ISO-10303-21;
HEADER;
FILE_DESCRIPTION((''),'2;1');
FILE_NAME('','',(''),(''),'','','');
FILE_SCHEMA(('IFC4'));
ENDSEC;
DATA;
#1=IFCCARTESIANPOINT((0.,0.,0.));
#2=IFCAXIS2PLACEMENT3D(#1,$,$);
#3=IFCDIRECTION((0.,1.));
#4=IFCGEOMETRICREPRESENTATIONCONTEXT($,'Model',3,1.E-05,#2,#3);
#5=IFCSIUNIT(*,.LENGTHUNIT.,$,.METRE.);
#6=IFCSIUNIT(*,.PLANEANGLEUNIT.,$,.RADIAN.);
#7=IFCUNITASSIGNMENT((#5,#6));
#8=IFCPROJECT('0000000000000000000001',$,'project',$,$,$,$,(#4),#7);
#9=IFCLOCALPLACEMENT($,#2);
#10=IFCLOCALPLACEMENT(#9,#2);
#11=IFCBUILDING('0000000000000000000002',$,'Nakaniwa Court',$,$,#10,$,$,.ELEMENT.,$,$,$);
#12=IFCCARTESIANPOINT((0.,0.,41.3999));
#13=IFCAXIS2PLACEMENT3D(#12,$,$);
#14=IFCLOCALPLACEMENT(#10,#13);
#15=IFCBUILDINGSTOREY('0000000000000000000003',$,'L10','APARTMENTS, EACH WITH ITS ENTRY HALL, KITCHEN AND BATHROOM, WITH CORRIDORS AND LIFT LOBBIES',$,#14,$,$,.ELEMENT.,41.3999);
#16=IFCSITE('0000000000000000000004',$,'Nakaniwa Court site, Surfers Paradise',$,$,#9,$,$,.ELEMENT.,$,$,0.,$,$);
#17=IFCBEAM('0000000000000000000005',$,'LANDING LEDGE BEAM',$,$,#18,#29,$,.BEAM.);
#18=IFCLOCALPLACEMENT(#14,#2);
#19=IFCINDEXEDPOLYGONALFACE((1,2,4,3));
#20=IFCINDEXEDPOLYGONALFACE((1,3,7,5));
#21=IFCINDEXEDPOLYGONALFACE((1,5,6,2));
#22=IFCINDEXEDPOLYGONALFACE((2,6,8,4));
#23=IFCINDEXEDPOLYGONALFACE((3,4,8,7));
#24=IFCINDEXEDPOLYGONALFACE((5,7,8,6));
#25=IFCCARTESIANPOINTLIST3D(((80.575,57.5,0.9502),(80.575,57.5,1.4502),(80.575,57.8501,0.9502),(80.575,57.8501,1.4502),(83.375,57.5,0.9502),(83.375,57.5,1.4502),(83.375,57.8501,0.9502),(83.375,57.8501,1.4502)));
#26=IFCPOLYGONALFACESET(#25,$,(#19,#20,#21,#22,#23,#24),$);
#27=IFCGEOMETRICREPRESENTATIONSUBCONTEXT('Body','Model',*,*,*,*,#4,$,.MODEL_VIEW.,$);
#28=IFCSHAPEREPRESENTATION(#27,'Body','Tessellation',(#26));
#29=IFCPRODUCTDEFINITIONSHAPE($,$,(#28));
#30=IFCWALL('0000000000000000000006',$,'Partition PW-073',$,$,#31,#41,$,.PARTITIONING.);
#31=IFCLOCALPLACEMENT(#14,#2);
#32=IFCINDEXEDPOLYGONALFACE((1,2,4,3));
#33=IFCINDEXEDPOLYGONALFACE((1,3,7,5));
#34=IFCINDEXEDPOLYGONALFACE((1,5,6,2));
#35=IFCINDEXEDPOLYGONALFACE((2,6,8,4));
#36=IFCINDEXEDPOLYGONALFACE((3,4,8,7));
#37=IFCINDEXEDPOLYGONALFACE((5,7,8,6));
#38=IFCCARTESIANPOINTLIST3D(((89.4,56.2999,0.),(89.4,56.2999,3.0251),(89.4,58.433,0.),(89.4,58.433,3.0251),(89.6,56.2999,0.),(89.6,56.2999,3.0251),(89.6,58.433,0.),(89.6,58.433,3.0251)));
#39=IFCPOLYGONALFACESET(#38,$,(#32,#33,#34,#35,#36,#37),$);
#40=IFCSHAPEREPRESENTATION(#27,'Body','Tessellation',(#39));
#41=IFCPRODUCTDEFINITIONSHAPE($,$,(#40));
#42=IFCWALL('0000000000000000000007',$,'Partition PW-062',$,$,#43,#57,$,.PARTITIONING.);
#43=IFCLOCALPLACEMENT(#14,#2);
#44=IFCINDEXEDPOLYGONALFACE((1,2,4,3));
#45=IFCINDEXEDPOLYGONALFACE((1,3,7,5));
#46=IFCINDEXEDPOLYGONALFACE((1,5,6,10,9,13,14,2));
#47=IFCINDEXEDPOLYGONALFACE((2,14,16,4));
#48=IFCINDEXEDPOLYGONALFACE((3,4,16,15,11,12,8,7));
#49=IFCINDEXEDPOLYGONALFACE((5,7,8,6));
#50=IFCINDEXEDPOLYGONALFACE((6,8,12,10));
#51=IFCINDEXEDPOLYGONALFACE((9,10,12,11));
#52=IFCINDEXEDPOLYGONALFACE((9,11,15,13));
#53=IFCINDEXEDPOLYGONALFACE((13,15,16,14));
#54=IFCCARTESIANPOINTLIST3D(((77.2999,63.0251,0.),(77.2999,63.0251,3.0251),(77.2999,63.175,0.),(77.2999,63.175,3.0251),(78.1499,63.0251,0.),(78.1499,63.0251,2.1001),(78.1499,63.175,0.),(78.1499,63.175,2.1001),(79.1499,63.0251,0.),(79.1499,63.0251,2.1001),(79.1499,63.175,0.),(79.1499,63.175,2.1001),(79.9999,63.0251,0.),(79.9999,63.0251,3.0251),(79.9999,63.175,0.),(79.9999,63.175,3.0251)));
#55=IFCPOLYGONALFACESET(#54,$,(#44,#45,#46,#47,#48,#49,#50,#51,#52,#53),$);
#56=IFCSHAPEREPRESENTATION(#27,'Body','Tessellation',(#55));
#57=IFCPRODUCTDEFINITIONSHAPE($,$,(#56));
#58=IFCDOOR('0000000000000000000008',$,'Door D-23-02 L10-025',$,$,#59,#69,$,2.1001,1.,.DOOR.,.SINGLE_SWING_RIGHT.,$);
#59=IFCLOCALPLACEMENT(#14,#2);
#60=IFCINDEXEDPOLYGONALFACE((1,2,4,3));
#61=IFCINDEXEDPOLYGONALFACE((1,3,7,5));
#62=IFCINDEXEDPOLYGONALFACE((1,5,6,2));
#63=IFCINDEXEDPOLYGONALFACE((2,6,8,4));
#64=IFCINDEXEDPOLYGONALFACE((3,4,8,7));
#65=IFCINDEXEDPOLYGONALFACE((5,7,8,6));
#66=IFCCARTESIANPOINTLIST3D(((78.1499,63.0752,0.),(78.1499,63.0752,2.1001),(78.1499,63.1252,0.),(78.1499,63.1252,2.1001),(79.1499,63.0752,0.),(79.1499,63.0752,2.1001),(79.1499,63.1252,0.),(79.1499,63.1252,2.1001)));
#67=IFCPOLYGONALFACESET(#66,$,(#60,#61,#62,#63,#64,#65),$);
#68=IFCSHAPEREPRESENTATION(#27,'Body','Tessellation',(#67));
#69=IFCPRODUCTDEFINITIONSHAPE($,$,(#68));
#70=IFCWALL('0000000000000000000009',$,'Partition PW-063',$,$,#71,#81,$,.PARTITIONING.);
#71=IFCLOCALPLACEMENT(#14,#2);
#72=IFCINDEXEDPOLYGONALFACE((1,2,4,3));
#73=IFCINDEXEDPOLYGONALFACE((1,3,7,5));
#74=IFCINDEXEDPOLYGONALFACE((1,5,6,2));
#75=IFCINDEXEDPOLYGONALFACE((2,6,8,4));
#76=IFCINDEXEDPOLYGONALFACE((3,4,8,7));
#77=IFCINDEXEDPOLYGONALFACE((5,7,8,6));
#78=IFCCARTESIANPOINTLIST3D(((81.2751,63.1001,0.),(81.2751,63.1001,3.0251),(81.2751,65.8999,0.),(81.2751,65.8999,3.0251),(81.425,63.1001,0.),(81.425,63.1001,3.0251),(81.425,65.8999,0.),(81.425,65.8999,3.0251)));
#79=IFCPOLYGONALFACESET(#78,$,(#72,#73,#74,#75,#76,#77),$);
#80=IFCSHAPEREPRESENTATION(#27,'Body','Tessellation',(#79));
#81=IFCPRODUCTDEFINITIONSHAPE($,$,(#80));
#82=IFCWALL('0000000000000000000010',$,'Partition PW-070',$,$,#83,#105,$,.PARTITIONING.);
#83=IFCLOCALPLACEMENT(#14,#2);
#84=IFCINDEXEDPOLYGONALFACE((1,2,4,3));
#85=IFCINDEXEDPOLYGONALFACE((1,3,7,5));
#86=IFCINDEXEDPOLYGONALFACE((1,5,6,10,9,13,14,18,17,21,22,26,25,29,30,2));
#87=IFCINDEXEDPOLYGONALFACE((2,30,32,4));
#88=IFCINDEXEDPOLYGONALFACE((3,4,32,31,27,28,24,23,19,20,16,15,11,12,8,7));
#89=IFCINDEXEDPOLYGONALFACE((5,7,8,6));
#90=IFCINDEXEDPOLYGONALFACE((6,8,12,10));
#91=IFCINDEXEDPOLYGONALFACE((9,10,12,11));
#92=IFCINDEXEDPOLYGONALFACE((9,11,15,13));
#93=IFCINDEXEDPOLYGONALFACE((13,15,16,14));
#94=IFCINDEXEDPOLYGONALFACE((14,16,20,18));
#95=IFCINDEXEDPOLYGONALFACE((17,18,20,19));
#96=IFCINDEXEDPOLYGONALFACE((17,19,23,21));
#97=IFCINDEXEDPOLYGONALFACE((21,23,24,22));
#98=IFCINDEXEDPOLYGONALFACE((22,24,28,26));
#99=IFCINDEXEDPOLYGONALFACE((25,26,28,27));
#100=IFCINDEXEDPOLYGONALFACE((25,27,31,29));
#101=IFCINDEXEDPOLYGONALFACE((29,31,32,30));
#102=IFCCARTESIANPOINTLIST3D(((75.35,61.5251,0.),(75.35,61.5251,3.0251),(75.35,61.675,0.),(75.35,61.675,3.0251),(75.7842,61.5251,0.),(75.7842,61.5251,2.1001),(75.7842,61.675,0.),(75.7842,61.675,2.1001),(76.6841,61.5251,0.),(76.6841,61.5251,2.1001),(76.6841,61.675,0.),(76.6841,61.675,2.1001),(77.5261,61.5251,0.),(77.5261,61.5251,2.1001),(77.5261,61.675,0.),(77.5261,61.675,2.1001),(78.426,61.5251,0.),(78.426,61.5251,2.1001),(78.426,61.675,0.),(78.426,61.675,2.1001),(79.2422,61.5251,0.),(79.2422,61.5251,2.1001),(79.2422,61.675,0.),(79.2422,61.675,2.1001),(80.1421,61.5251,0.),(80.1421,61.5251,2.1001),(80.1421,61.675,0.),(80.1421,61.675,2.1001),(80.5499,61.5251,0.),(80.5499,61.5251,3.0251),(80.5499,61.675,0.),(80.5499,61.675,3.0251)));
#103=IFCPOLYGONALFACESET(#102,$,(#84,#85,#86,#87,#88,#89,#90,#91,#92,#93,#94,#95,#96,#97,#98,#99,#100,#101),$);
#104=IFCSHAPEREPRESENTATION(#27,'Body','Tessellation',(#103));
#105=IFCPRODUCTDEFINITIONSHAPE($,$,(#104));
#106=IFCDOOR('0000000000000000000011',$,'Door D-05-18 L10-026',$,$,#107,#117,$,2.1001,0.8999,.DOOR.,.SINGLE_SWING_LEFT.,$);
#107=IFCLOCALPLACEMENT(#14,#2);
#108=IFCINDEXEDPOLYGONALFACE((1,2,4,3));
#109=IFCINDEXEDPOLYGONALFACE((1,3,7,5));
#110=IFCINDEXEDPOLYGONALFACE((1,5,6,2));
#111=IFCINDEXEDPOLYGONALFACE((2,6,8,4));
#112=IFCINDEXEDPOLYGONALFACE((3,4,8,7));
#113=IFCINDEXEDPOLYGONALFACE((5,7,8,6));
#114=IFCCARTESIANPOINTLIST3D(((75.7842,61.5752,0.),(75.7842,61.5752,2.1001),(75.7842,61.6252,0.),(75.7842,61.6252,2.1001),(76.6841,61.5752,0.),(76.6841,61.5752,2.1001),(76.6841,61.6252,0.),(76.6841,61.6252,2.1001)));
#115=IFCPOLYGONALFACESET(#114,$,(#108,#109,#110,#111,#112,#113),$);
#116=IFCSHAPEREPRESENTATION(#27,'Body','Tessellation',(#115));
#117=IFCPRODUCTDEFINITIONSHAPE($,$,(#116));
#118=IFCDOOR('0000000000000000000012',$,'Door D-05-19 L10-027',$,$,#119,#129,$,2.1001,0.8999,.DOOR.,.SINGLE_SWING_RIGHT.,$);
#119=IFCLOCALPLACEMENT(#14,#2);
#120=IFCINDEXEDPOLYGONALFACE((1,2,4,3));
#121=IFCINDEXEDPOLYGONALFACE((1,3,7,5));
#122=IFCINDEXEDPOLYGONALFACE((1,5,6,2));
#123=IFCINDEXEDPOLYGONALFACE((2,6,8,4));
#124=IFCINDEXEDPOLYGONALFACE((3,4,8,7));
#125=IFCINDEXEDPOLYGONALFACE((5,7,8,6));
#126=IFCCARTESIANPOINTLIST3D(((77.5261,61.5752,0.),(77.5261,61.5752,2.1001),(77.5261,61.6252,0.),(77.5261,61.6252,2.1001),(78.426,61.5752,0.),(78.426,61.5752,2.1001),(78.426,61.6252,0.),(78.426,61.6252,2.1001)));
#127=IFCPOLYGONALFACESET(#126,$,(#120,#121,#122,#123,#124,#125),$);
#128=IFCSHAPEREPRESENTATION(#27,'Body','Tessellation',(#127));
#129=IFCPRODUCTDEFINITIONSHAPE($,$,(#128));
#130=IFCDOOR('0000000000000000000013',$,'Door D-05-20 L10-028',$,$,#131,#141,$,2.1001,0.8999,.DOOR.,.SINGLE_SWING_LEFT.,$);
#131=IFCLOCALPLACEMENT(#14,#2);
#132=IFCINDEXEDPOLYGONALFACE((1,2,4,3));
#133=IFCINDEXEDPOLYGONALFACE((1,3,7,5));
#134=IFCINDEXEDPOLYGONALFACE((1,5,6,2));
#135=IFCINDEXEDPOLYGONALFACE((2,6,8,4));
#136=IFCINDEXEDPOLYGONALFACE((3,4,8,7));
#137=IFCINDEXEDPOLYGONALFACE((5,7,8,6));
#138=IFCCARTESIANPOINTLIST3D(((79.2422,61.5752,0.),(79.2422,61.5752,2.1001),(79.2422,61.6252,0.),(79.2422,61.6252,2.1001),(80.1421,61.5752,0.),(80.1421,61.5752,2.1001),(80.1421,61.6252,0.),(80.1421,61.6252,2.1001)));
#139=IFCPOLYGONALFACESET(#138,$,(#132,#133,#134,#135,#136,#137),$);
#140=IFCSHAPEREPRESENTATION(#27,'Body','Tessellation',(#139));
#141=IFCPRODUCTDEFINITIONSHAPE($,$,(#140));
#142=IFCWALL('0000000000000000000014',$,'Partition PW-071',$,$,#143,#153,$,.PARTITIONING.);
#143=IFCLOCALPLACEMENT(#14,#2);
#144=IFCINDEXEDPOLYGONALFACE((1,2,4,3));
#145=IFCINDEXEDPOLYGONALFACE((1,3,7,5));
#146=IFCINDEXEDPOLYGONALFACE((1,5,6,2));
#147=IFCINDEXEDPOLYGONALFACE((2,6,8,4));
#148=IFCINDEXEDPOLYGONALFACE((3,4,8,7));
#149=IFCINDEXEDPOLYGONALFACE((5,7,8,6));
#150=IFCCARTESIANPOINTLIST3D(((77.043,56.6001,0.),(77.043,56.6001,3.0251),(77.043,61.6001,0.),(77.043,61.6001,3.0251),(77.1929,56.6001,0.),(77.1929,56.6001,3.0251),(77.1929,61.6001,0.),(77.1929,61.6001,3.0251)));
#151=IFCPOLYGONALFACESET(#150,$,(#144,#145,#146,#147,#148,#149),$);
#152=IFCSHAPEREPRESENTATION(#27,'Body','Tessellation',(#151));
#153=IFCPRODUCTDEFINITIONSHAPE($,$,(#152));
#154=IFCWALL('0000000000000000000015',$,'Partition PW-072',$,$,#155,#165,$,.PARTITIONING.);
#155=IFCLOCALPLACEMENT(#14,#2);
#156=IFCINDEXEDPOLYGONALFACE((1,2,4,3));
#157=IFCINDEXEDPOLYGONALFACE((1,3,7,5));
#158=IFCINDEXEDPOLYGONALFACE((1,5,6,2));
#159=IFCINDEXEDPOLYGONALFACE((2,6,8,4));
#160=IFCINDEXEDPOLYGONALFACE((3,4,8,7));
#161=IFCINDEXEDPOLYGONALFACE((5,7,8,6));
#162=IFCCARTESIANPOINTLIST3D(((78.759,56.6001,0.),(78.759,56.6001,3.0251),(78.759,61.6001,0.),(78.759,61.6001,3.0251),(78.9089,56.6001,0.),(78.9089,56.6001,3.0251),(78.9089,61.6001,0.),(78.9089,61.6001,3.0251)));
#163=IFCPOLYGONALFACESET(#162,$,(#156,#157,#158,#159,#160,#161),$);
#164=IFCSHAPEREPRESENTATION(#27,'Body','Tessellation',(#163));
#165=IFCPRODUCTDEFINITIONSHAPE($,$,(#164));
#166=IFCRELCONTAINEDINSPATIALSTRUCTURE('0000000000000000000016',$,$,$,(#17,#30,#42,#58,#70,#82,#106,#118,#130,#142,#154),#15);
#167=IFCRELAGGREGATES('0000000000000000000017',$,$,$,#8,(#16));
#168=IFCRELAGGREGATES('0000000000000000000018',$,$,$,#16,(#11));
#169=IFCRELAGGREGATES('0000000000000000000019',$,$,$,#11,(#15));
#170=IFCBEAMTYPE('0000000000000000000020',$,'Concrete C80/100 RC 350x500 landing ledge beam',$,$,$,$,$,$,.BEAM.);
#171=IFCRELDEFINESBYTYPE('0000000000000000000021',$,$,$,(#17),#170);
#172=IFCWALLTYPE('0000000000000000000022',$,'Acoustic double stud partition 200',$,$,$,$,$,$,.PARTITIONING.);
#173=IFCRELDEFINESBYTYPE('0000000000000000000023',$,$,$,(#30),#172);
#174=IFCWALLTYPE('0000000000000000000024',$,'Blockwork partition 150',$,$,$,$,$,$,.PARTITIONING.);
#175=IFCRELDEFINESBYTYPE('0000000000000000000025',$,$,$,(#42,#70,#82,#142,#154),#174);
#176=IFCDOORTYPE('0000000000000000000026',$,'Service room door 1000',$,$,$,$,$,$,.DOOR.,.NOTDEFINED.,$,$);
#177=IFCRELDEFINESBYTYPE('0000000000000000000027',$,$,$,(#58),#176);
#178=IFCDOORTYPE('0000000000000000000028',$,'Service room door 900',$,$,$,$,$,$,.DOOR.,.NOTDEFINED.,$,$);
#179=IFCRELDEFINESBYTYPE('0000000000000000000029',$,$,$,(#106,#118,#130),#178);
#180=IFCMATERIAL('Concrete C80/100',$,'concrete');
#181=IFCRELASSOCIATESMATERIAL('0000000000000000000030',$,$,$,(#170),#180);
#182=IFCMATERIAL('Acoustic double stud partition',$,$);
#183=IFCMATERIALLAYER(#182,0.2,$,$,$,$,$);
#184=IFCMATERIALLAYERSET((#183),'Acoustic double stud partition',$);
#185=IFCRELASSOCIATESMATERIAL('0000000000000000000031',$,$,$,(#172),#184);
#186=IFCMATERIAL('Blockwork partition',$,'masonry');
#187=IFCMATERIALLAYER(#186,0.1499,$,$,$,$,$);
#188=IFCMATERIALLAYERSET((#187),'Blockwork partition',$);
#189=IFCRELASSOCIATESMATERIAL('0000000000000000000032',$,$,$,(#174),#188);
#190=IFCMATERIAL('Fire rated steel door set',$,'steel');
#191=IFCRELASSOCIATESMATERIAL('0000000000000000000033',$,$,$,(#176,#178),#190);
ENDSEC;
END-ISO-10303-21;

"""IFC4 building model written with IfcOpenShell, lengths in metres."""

from ifc_helpers import new_model, si_unit, direction, frame, frame_2d, origin, origin_2d, place, context, subcontext, project, spatial, rectangle, extrude, material, layer, layer_set, material_profile, profile_set, type_object, element, fill, save


model = new_model("IFC4")

# Units and contexts
model_context = context("Model", 3, precision=1e-05, world=origin(), true_north=direction((0.0, 1.0)))
body_context = subcontext(model_context, "Body", "Model", "MODEL_VIEW")
ifc_project = project(units=[si_unit("LENGTHUNIT", "METRE"), si_unit("PLANEANGLEUNIT", "RADIAN")], contexts=[model_context])

# Site, building, storey
site_placement = place(None, origin())
site = spatial("IfcSite", under=ifc_project, at=site_placement, Name="Nakaniwa Court site, Surfers Paradise", CompositionType="ELEMENT", RefElevation=0.0)
building_placement = place(site_placement, origin())
building = spatial("IfcBuilding", under=site, at=building_placement, Name="Nakaniwa Court", CompositionType="ELEMENT")
storey_placement = place(building_placement, frame((0.0, 0.0, 41.3999)))
storey = spatial("IfcBuildingStorey", under=building, at=storey_placement, Name="L10", Description="APARTMENTS, EACH WITH ITS ENTRY HALL, KITCHEN AND BATHROOM, WITH CORRIDORS AND LIFT LOBBIES", CompositionType="ELEMENT", Elevation=41.3999)

# Beam
ifc_material_1 = material(Name="Concrete C80/100", Category="concrete")
ifc_material_profile = material_profile(ifc_material_1, rectangle(XDim=0.3501, YDim=0.5, at=origin_2d()), Name="Concrete C80/100 RC 350x500 landing ledge beam")
ifc_profile_set = profile_set([ifc_material_profile], Name="Concrete C80/100")
beam_type = type_object("IfcBeamType", Name="Concrete C80/100 RC 350x500 landing ledge beam", PredefinedType="BEAM", material=ifc_profile_set)
beam_placement = place(storey_placement, frame((80.575, 57.675, 1.2002), z_axis=(1.0, 0.0, 0.0), x_axis=(0.0, 1.0, 0.0)))
element("IfcBeam", 1, at=beam_placement, inside=storey, type_object=beam_type, Name="LANDING LEDGE BEAM", PredefinedType="BEAM", context=body_context, shape_type="SweptSolid", body=[
    extrude(rectangle(XDim=0.3501, YDim=0.5, at=origin_2d()), origin(), (0.0, 0.0, 1.0), 2.8),
])

# Wall
ifc_material_2 = material(Name="Acoustic double stud partition")
ifc_layer_1 = layer(ifc_material_2, 0.2)
ifc_layer_set_1 = layer_set([ifc_layer_1], Name="Acoustic double stud partition")
wall_type_1 = type_object("IfcWallType", Name="Acoustic double stud partition 200", PredefinedType="PARTITIONING", material=ifc_layer_set_1)
wall_1_placement = place(storey_placement, frame((89.5, 56.3, 0.0), z_axis=(0.0, 0.0, 1.0), x_axis=(0.0, 1.0, 0.0)))
element("IfcWall", 2, at=wall_1_placement, inside=storey, type_object=wall_type_1, Name="Partition PW-073", PredefinedType="PARTITIONING", context=body_context, shape_type="SweptSolid", body=[
    extrude(rectangle(XDim=2.1331, YDim=0.2, at=frame_2d((1.0664, 0.0))), origin(), (0.0, 0.0, 1.0), 3.0251),
])

# Wall, opening, door
ifc_material_3 = material(Name="Blockwork partition", Category="masonry")
ifc_layer_2 = layer(ifc_material_3, 0.1499)
ifc_layer_set_2 = layer_set([ifc_layer_2], Name="Blockwork partition")
wall_type_2 = type_object("IfcWallType", Name="Blockwork partition 150", PredefinedType="PARTITIONING", material=ifc_layer_set_2)
wall_2_placement = place(storey_placement, frame((80.0, 63.1001, 0.0), z_axis=(0.0, 0.0, 1.0), x_axis=(-1.0, 0.0, 0.0)))
wall_2 = element("IfcWall", 3, at=wall_2_placement, inside=storey, type_object=wall_type_2, Name="Partition PW-062", PredefinedType="PARTITIONING", context=body_context, shape_type="SweptSolid", body=[
    extrude(rectangle(XDim=2.7, YDim=0.1499, at=frame_2d((1.3501, 0.0))), origin(), (0.0, 0.0, 1.0), 3.0251),
])
opening_1_placement = place(wall_2_placement, frame((0.8501, 0.0, 0.0)))
opening_1 = element("IfcOpeningElement", 4, at=opening_1_placement, cuts=wall_2, PredefinedType="OPENING", context=body_context, shape_type="SweptSolid", body=[
    extrude(rectangle(XDim=1.0, YDim=2.1001, at=frame_2d((0.5, 1.05))), frame((0.0, 0.085, 0.0), z_axis=(0.0, -1.0, 0.0), x_axis=(1.0, 0.0, 0.0)), (0.0, 0.0, 1.0), 0.1699),
])
ifc_material_4 = material(Name="Fire rated steel door set", Category="steel")
door_type_1 = type_object("IfcDoorType", Name="Service room door 1000", OperationType="NOTDEFINED", PredefinedType="DOOR", material=ifc_material_4)
door_1_placement = place(opening_1_placement, origin())
door_1 = element("IfcDoor", 5, at=door_1_placement, inside=storey, type_object=door_type_1, Name="Door D-23-02 L10-025", OperationType="SINGLE_SWING_RIGHT", OverallHeight=2.1001, OverallWidth=1.0, PredefinedType="DOOR", context=body_context, shape_type="SweptSolid", body=[
    extrude(rectangle(XDim=1.0, YDim=2.1001, at=frame_2d((0.5, 1.05))), frame((0.0, 0.0249, 0.0), z_axis=(0.0, -1.0, 0.0), x_axis=(1.0, 0.0, 0.0)), (0.0, 0.0, 1.0), 0.05),
])
fill(opening_1, door_1)

# Wall
wall_3_placement = place(storey_placement, frame((81.3501, 63.1001, 0.0), z_axis=(0.0, 0.0, 1.0), x_axis=(0.0, 1.0, 0.0)))
element("IfcWall", 6, at=wall_3_placement, inside=storey, type_object=wall_type_2, Name="Partition PW-063", PredefinedType="PARTITIONING", context=body_context, shape_type="SweptSolid", body=[
    extrude(rectangle(XDim=2.7998, YDim=0.1499, at=frame_2d((1.3999, 0.0))), origin(), (0.0, 0.0, 1.0), 3.0251),
])

# Wall, openings, doors
wall_4_placement = place(storey_placement, frame((80.55, 61.6001, 0.0), z_axis=(0.0, 0.0, 1.0), x_axis=(-1.0, 0.0, 0.0)))
wall_4 = element("IfcWall", 7, at=wall_4_placement, inside=storey, type_object=wall_type_2, Name="Partition PW-070", PredefinedType="PARTITIONING", context=body_context, shape_type="SweptSolid", body=[
    extrude(rectangle(XDim=5.2, YDim=0.1499, at=frame_2d((2.6001, 0.0))), origin(), (0.0, 0.0, 1.0), 3.0251),
])
opening_2_placement = place(wall_4_placement, frame((3.866, 0.0, 0.0)))
opening_2 = element("IfcOpeningElement", 8, at=opening_2_placement, cuts=wall_4, PredefinedType="OPENING", context=body_context, shape_type="SweptSolid", body=[
    extrude(rectangle(XDim=0.8999, YDim=2.1001, at=frame_2d((0.45, 1.05))), frame((0.0, 0.085, 0.0), z_axis=(0.0, -1.0, 0.0), x_axis=(1.0, 0.0, 0.0)), (0.0, 0.0, 1.0), 0.1699),
])
opening_3_placement = place(wall_4_placement, frame((2.124, 0.0, 0.0)))
opening_3 = element("IfcOpeningElement", 9, at=opening_3_placement, cuts=wall_4, PredefinedType="OPENING", context=body_context, shape_type="SweptSolid", body=[
    extrude(rectangle(XDim=0.8999, YDim=2.1001, at=frame_2d((0.45, 1.05))), frame((0.0, 0.085, 0.0), z_axis=(0.0, -1.0, 0.0), x_axis=(1.0, 0.0, 0.0)), (0.0, 0.0, 1.0), 0.1699),
])
opening_4_placement = place(wall_4_placement, frame((0.408, 0.0, 0.0)))
opening_4 = element("IfcOpeningElement", 10, at=opening_4_placement, cuts=wall_4, PredefinedType="OPENING", context=body_context, shape_type="SweptSolid", body=[
    extrude(rectangle(XDim=0.8999, YDim=2.1001, at=frame_2d((0.45, 1.05))), frame((0.0, 0.085, 0.0), z_axis=(0.0, -1.0, 0.0), x_axis=(1.0, 0.0, 0.0)), (0.0, 0.0, 1.0), 0.1699),
])
door_type_2 = type_object("IfcDoorType", Name="Service room door 900", OperationType="NOTDEFINED", PredefinedType="DOOR", material=ifc_material_4)
door_2_placement = place(opening_2_placement, origin())
door_2 = element("IfcDoor", 11, at=door_2_placement, inside=storey, type_object=door_type_2, Name="Door D-05-18 L10-026", OperationType="SINGLE_SWING_LEFT", OverallHeight=2.1001, OverallWidth=0.8999, PredefinedType="DOOR", context=body_context, shape_type="SweptSolid", body=[
    extrude(rectangle(XDim=0.8999, YDim=2.1001, at=frame_2d((0.45, 1.05))), frame((0.0, 0.0249, 0.0), z_axis=(0.0, -1.0, 0.0), x_axis=(1.0, 0.0, 0.0)), (0.0, 0.0, 1.0), 0.05),
])
fill(opening_2, door_2)
door_3_placement = place(opening_3_placement, origin())
door_3 = element("IfcDoor", 12, at=door_3_placement, inside=storey, type_object=door_type_2, Name="Door D-05-19 L10-027", OperationType="SINGLE_SWING_RIGHT", OverallHeight=2.1001, OverallWidth=0.8999, PredefinedType="DOOR", context=body_context, shape_type="SweptSolid", body=[
    extrude(rectangle(XDim=0.8999, YDim=2.1001, at=frame_2d((0.45, 1.05))), frame((0.0, 0.0249, 0.0), z_axis=(0.0, -1.0, 0.0), x_axis=(1.0, 0.0, 0.0)), (0.0, 0.0, 1.0), 0.05),
])
fill(opening_3, door_3)
door_4_placement = place(opening_4_placement, origin())
door_4 = element("IfcDoor", 13, at=door_4_placement, inside=storey, type_object=door_type_2, Name="Door D-05-20 L10-028", OperationType="SINGLE_SWING_LEFT", OverallHeight=2.1001, OverallWidth=0.8999, PredefinedType="DOOR", context=body_context, shape_type="SweptSolid", body=[
    extrude(rectangle(XDim=0.8999, YDim=2.1001, at=frame_2d((0.45, 1.05))), frame((0.0, 0.0249, 0.0), z_axis=(0.0, -1.0, 0.0), x_axis=(1.0, 0.0, 0.0)), (0.0, 0.0, 1.0), 0.05),
])
fill(opening_4, door_4)

# Walls
for number, where, z_axis, x_axis, name in (
    (14, (77.1179, 56.6001, 0.0), (0.0, 0.0, 1.0), (0.0, 1.0, 0.0), "Partition PW-071"),
    (15, (78.834, 56.6001, 0.0), (0.0, 0.0, 1.0), (0.0, 1.0, 0.0), "Partition PW-072"),
):
    element("IfcWall", number, at=place(storey_placement, frame(where, z_axis=z_axis, x_axis=x_axis)), inside=storey, type_object=wall_type_2, Name=name, PredefinedType="PARTITIONING", context=body_context, shape_type="SweptSolid", body=[
        extrude(rectangle(XDim=5.0, YDim=0.1499, at=frame_2d((2.5, 0.0))), origin(), (0.0, 0.0, 1.0), 3.0251),
    ])

save(model, "model.ifc")
